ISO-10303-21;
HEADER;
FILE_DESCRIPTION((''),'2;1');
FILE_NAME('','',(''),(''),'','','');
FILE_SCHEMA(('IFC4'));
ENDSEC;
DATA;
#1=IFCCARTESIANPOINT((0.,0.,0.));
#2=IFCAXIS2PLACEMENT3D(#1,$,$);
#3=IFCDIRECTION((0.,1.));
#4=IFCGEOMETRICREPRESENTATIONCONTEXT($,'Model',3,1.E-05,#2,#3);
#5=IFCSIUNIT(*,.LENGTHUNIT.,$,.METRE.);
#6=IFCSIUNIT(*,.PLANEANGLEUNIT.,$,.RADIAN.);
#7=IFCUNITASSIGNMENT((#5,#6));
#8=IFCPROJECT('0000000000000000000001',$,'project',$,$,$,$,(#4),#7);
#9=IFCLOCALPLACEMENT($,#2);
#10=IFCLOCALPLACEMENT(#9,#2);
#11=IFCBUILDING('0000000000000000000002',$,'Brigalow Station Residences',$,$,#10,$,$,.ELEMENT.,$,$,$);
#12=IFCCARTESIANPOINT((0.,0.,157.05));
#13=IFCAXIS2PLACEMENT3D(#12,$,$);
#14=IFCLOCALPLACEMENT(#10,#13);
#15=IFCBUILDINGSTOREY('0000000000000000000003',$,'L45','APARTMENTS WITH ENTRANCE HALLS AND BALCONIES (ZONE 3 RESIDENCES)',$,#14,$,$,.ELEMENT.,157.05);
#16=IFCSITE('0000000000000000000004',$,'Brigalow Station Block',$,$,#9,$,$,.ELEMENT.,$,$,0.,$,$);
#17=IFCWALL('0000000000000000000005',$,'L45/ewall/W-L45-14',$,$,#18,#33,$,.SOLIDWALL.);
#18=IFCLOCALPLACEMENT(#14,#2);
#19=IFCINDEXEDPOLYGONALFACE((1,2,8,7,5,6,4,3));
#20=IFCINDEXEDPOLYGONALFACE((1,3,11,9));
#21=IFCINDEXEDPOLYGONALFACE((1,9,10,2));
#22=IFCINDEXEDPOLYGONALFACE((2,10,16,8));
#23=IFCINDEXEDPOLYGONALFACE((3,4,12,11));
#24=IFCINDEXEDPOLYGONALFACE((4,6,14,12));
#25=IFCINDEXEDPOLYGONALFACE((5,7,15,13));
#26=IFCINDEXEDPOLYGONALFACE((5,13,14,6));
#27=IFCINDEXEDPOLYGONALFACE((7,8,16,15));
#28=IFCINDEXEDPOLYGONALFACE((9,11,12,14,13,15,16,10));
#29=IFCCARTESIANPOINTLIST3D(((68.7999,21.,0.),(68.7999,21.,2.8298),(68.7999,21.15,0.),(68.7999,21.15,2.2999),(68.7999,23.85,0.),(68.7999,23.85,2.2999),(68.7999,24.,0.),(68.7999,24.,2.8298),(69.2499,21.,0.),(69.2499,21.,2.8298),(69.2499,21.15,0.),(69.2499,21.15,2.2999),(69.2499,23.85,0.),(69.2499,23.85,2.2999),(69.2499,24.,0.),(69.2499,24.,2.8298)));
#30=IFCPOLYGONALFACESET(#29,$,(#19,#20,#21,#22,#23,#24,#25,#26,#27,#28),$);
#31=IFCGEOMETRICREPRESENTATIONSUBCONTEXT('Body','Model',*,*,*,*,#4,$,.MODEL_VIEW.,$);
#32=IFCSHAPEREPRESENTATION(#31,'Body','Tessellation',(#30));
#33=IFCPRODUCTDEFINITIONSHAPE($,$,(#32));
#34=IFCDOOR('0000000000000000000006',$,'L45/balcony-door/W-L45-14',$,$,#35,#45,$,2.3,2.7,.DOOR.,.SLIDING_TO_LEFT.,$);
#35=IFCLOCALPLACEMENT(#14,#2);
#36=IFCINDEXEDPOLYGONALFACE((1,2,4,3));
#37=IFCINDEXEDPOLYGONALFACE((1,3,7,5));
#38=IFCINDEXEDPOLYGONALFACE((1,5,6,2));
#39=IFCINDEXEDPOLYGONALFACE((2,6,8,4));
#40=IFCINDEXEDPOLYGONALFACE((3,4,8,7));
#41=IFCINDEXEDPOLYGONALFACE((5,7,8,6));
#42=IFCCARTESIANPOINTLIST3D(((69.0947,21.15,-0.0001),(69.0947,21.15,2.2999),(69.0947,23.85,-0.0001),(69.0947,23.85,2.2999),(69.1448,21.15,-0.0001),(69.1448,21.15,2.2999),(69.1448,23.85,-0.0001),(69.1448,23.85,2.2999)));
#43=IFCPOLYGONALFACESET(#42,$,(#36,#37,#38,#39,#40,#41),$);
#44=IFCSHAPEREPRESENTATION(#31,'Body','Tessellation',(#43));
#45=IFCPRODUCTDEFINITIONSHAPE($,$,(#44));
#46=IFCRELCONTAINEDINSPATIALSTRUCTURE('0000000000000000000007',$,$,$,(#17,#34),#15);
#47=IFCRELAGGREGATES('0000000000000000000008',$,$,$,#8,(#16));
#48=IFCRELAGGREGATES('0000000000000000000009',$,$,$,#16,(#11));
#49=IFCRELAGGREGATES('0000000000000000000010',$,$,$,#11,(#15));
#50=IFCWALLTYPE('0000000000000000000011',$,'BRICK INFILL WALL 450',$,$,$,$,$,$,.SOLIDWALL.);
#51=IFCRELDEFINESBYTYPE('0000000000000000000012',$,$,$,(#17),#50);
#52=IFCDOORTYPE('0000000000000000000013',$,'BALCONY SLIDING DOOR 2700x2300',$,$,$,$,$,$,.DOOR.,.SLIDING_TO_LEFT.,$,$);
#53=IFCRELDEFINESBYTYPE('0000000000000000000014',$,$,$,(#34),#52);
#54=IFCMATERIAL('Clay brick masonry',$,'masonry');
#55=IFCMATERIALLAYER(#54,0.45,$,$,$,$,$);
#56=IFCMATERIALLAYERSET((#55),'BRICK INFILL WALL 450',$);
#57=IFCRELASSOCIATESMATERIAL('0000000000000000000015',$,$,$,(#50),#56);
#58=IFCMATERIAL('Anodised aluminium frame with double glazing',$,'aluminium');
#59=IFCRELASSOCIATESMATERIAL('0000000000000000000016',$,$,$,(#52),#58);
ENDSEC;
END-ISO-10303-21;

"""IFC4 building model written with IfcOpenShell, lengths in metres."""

from ifc_helpers import new_model, si_unit, direction, frame, frame_2d, origin, place, context, subcontext, project, spatial, rectangle, extrude, material, layer, layer_set, type_object, element, fill, save


model = new_model("IFC4")

# Units and contexts
model_context = context("Model", 3, precision=1e-05, world=origin(), true_north=direction((0.0, 1.0)))
body_context = subcontext(model_context, "Body", "Model", "MODEL_VIEW")
ifc_project = project(units=[si_unit("LENGTHUNIT", "METRE"), si_unit("PLANEANGLEUNIT", "RADIAN")], contexts=[model_context])

# Site, building, storey
site_placement = place(None, origin())
site = spatial("IfcSite", under=ifc_project, at=site_placement, Name="Brigalow Station Block", CompositionType="ELEMENT", RefElevation=0.0)
building_placement = place(site_placement, origin())
building = spatial("IfcBuilding", under=site, at=building_placement, Name="Brigalow Station Residences", CompositionType="ELEMENT")
storey_placement = place(building_placement, frame((0.0, 0.0, 157.05)))
storey = spatial("IfcBuildingStorey", under=building, at=storey_placement, Name="L45", Description="APARTMENTS WITH ENTRANCE HALLS AND BALCONIES (ZONE 3 RESIDENCES)", CompositionType="ELEMENT", Elevation=157.05)

# Shared definitions
ifc_material_1 = material(Name="Clay brick masonry", Category="masonry")
ifc_layer = layer(ifc_material_1, 0.45)
ifc_layer_set = layer_set([ifc_layer], Name="BRICK INFILL WALL 450")
wall_type = type_object("IfcWallType", Name="BRICK INFILL WALL 450", PredefinedType="SOLIDWALL", material=ifc_layer_set)

# Wall, opening, door
wall_1_placement = place(storey_placement, frame((69.0249, 21.0, 0.0), z_axis=(0.0, 0.0, 1.0), x_axis=(0.0, 1.0, 0.0)))
wall_1 = element("IfcWall", 1, at=wall_1_placement, inside=storey, type_object=wall_type, Name="L45/ewall/W-L45-14", PredefinedType="SOLIDWALL", context=body_context, shape_type="SweptSolid", body=[
    extrude(rectangle(XDim=3.0, YDim=0.45, at=frame_2d((1.5, 0.0))), origin(), (0.0, 0.0, 1.0), 2.8298),
])
opening_1_placement = place(wall_1_placement, frame((0.1499, 0.0, 0.0)))
opening_1 = element("IfcOpeningElement", 2, at=opening_1_placement, cuts=wall_1, PredefinedType="OPENING", context=body_context, shape_type="SweptSolid", body=[
    extrude(rectangle(XDim=2.7, YDim=2.3, at=frame_2d((1.3501, 1.1499))), frame((0.0, 0.2349, 0.0), z_axis=(0.0, -1.0, 0.0), x_axis=(1.0, 0.0, 0.0)), (0.0, 0.0, 1.0), 0.47),
])
ifc_material_2 = material(Name="Anodised aluminium frame with double glazing", Category="aluminium")
door_type = type_object("IfcDoorType", Name="BALCONY SLIDING DOOR 2700x2300", OperationType="SLIDING_TO_LEFT", PredefinedType="DOOR", material=ifc_material_2)
door_placement = place(opening_1_placement, origin())
door = element("IfcDoor", 3, at=door_placement, inside=storey, type_object=door_type, Name="L45/balcony-door/W-L45-14", OperationType="SLIDING_TO_LEFT", OverallHeight=2.3, OverallWidth=2.7, PredefinedType="DOOR", context=body_context, shape_type="SweptSolid", body=[
    extrude(rectangle(XDim=2.7, YDim=2.3, at=frame_2d((1.3501, 1.1499))), frame((0.0, -0.0698, 0.0), z_axis=(0.0, -1.0, 0.0), x_axis=(1.0, 0.0, 0.0)), (0.0, 0.0, 1.0), 0.05),
])
fill(opening_1, door)

save(model, "model.ifc")
